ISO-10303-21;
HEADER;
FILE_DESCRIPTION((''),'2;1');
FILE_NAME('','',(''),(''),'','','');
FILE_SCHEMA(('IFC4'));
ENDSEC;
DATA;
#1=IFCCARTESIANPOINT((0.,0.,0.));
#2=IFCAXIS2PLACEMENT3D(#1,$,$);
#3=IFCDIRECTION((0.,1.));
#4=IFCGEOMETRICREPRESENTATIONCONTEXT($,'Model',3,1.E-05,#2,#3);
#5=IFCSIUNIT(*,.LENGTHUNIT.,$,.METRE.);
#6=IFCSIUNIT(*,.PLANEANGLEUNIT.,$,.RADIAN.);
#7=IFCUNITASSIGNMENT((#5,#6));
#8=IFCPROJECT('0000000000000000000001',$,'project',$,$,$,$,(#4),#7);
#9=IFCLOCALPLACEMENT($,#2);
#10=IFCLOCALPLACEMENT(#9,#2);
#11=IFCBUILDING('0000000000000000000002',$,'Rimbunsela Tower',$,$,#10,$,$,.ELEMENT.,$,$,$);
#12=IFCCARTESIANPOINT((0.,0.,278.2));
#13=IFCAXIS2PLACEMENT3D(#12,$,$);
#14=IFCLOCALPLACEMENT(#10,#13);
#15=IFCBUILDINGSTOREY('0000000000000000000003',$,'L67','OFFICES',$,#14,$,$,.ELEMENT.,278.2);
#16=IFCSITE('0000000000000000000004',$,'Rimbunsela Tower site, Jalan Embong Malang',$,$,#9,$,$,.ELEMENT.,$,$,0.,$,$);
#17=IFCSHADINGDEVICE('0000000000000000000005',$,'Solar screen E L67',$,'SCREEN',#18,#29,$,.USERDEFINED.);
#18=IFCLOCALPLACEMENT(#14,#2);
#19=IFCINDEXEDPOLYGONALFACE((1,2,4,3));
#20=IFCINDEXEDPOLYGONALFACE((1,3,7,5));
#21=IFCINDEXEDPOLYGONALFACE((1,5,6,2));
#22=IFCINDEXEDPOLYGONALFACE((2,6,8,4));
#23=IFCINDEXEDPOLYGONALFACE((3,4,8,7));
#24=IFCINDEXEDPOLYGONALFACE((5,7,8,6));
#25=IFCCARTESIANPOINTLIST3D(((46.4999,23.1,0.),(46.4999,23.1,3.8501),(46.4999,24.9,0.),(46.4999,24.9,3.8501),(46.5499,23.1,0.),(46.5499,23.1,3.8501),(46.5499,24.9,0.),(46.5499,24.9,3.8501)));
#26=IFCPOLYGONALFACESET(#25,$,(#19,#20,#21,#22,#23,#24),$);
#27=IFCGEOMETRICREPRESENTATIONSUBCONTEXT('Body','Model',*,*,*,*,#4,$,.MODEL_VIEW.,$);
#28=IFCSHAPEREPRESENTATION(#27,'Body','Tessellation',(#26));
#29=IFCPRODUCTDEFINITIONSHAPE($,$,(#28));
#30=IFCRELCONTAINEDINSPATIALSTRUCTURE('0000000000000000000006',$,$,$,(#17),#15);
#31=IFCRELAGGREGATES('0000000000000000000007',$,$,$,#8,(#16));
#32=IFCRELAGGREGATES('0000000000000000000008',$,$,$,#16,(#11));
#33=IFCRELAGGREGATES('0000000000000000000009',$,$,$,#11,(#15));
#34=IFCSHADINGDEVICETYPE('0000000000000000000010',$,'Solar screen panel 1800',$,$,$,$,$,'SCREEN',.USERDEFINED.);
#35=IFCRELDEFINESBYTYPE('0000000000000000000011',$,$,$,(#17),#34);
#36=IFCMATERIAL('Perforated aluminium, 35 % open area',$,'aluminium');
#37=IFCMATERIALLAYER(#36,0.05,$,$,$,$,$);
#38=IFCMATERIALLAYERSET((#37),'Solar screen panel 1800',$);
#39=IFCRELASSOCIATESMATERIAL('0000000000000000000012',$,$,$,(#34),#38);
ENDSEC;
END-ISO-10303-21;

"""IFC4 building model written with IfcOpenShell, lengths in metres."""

from ifc_helpers import new_model, si_unit, direction, frame, origin, origin_2d, place, context, subcontext, project, spatial, rectangle, extrude, material, layer, layer_set, type_object, element, save


model = new_model("IFC4")

# Units and contexts
model_context = context("Model", 3, precision=1e-05, world=origin(), true_north=direction((0.0, 1.0)))
body_context = subcontext(model_context, "Body", "Model", "MODEL_VIEW")
ifc_project = project(units=[si_unit("LENGTHUNIT", "METRE"), si_unit("PLANEANGLEUNIT", "RADIAN")], contexts=[model_context])

# Site, building, storey
site_placement = place(None, origin())
site = spatial("IfcSite", under=ifc_project, at=site_placement, Name="Rimbunsela Tower site, Jalan Embong Malang", CompositionType="ELEMENT", RefElevation=0.0)
building_placement = place(site_placement, origin())
building = spatial("IfcBuilding", under=site, at=building_placement, Name="Rimbunsela Tower", CompositionType="ELEMENT")
storey_placement = place(building_placement, frame((0.0, 0.0, 278.2)))
storey = spatial("IfcBuildingStorey", under=building, at=storey_placement, Name="L67", Description="OFFICES", CompositionType="ELEMENT", Elevation=278.2)

# Shading device
ifc_material_1 = material(Name="Perforated aluminium, 35 % open area", Category="aluminium")
ifc_layer_1 = layer(ifc_material_1, 0.05)
ifc_layer_set_1 = layer_set([ifc_layer_1], Name="Solar screen panel 1800")
shading_device_type = type_object("IfcShadingDeviceType", Name="Solar screen panel 1800", ElementType="SCREEN", PredefinedType="USERDEFINED", material=ifc_layer_set_1)
for number, where, z_axis, x_axis, name in (
    (1, (46.5249, 24.0, 0.0), (0.0, 0.0, 1.0), (0.0, 1.0, 0.0), "Solar screen E L67"),
):
    element("IfcShadingDevice", number, at=place(storey_placement, frame(where, z_axis=z_axis, x_axis=x_axis)), inside=storey, type_object=shading_device_type, Name=name, ObjectType="SCREEN", PredefinedType="USERDEFINED", context=body_context, shape_type="SweptSolid", body=[
        extrude(rectangle(XDim=1.8, YDim=0.05, at=origin_2d()), origin(), (0.0, 0.0, 1.0), 3.8501),
    ])

save(model, "model.ifc")
